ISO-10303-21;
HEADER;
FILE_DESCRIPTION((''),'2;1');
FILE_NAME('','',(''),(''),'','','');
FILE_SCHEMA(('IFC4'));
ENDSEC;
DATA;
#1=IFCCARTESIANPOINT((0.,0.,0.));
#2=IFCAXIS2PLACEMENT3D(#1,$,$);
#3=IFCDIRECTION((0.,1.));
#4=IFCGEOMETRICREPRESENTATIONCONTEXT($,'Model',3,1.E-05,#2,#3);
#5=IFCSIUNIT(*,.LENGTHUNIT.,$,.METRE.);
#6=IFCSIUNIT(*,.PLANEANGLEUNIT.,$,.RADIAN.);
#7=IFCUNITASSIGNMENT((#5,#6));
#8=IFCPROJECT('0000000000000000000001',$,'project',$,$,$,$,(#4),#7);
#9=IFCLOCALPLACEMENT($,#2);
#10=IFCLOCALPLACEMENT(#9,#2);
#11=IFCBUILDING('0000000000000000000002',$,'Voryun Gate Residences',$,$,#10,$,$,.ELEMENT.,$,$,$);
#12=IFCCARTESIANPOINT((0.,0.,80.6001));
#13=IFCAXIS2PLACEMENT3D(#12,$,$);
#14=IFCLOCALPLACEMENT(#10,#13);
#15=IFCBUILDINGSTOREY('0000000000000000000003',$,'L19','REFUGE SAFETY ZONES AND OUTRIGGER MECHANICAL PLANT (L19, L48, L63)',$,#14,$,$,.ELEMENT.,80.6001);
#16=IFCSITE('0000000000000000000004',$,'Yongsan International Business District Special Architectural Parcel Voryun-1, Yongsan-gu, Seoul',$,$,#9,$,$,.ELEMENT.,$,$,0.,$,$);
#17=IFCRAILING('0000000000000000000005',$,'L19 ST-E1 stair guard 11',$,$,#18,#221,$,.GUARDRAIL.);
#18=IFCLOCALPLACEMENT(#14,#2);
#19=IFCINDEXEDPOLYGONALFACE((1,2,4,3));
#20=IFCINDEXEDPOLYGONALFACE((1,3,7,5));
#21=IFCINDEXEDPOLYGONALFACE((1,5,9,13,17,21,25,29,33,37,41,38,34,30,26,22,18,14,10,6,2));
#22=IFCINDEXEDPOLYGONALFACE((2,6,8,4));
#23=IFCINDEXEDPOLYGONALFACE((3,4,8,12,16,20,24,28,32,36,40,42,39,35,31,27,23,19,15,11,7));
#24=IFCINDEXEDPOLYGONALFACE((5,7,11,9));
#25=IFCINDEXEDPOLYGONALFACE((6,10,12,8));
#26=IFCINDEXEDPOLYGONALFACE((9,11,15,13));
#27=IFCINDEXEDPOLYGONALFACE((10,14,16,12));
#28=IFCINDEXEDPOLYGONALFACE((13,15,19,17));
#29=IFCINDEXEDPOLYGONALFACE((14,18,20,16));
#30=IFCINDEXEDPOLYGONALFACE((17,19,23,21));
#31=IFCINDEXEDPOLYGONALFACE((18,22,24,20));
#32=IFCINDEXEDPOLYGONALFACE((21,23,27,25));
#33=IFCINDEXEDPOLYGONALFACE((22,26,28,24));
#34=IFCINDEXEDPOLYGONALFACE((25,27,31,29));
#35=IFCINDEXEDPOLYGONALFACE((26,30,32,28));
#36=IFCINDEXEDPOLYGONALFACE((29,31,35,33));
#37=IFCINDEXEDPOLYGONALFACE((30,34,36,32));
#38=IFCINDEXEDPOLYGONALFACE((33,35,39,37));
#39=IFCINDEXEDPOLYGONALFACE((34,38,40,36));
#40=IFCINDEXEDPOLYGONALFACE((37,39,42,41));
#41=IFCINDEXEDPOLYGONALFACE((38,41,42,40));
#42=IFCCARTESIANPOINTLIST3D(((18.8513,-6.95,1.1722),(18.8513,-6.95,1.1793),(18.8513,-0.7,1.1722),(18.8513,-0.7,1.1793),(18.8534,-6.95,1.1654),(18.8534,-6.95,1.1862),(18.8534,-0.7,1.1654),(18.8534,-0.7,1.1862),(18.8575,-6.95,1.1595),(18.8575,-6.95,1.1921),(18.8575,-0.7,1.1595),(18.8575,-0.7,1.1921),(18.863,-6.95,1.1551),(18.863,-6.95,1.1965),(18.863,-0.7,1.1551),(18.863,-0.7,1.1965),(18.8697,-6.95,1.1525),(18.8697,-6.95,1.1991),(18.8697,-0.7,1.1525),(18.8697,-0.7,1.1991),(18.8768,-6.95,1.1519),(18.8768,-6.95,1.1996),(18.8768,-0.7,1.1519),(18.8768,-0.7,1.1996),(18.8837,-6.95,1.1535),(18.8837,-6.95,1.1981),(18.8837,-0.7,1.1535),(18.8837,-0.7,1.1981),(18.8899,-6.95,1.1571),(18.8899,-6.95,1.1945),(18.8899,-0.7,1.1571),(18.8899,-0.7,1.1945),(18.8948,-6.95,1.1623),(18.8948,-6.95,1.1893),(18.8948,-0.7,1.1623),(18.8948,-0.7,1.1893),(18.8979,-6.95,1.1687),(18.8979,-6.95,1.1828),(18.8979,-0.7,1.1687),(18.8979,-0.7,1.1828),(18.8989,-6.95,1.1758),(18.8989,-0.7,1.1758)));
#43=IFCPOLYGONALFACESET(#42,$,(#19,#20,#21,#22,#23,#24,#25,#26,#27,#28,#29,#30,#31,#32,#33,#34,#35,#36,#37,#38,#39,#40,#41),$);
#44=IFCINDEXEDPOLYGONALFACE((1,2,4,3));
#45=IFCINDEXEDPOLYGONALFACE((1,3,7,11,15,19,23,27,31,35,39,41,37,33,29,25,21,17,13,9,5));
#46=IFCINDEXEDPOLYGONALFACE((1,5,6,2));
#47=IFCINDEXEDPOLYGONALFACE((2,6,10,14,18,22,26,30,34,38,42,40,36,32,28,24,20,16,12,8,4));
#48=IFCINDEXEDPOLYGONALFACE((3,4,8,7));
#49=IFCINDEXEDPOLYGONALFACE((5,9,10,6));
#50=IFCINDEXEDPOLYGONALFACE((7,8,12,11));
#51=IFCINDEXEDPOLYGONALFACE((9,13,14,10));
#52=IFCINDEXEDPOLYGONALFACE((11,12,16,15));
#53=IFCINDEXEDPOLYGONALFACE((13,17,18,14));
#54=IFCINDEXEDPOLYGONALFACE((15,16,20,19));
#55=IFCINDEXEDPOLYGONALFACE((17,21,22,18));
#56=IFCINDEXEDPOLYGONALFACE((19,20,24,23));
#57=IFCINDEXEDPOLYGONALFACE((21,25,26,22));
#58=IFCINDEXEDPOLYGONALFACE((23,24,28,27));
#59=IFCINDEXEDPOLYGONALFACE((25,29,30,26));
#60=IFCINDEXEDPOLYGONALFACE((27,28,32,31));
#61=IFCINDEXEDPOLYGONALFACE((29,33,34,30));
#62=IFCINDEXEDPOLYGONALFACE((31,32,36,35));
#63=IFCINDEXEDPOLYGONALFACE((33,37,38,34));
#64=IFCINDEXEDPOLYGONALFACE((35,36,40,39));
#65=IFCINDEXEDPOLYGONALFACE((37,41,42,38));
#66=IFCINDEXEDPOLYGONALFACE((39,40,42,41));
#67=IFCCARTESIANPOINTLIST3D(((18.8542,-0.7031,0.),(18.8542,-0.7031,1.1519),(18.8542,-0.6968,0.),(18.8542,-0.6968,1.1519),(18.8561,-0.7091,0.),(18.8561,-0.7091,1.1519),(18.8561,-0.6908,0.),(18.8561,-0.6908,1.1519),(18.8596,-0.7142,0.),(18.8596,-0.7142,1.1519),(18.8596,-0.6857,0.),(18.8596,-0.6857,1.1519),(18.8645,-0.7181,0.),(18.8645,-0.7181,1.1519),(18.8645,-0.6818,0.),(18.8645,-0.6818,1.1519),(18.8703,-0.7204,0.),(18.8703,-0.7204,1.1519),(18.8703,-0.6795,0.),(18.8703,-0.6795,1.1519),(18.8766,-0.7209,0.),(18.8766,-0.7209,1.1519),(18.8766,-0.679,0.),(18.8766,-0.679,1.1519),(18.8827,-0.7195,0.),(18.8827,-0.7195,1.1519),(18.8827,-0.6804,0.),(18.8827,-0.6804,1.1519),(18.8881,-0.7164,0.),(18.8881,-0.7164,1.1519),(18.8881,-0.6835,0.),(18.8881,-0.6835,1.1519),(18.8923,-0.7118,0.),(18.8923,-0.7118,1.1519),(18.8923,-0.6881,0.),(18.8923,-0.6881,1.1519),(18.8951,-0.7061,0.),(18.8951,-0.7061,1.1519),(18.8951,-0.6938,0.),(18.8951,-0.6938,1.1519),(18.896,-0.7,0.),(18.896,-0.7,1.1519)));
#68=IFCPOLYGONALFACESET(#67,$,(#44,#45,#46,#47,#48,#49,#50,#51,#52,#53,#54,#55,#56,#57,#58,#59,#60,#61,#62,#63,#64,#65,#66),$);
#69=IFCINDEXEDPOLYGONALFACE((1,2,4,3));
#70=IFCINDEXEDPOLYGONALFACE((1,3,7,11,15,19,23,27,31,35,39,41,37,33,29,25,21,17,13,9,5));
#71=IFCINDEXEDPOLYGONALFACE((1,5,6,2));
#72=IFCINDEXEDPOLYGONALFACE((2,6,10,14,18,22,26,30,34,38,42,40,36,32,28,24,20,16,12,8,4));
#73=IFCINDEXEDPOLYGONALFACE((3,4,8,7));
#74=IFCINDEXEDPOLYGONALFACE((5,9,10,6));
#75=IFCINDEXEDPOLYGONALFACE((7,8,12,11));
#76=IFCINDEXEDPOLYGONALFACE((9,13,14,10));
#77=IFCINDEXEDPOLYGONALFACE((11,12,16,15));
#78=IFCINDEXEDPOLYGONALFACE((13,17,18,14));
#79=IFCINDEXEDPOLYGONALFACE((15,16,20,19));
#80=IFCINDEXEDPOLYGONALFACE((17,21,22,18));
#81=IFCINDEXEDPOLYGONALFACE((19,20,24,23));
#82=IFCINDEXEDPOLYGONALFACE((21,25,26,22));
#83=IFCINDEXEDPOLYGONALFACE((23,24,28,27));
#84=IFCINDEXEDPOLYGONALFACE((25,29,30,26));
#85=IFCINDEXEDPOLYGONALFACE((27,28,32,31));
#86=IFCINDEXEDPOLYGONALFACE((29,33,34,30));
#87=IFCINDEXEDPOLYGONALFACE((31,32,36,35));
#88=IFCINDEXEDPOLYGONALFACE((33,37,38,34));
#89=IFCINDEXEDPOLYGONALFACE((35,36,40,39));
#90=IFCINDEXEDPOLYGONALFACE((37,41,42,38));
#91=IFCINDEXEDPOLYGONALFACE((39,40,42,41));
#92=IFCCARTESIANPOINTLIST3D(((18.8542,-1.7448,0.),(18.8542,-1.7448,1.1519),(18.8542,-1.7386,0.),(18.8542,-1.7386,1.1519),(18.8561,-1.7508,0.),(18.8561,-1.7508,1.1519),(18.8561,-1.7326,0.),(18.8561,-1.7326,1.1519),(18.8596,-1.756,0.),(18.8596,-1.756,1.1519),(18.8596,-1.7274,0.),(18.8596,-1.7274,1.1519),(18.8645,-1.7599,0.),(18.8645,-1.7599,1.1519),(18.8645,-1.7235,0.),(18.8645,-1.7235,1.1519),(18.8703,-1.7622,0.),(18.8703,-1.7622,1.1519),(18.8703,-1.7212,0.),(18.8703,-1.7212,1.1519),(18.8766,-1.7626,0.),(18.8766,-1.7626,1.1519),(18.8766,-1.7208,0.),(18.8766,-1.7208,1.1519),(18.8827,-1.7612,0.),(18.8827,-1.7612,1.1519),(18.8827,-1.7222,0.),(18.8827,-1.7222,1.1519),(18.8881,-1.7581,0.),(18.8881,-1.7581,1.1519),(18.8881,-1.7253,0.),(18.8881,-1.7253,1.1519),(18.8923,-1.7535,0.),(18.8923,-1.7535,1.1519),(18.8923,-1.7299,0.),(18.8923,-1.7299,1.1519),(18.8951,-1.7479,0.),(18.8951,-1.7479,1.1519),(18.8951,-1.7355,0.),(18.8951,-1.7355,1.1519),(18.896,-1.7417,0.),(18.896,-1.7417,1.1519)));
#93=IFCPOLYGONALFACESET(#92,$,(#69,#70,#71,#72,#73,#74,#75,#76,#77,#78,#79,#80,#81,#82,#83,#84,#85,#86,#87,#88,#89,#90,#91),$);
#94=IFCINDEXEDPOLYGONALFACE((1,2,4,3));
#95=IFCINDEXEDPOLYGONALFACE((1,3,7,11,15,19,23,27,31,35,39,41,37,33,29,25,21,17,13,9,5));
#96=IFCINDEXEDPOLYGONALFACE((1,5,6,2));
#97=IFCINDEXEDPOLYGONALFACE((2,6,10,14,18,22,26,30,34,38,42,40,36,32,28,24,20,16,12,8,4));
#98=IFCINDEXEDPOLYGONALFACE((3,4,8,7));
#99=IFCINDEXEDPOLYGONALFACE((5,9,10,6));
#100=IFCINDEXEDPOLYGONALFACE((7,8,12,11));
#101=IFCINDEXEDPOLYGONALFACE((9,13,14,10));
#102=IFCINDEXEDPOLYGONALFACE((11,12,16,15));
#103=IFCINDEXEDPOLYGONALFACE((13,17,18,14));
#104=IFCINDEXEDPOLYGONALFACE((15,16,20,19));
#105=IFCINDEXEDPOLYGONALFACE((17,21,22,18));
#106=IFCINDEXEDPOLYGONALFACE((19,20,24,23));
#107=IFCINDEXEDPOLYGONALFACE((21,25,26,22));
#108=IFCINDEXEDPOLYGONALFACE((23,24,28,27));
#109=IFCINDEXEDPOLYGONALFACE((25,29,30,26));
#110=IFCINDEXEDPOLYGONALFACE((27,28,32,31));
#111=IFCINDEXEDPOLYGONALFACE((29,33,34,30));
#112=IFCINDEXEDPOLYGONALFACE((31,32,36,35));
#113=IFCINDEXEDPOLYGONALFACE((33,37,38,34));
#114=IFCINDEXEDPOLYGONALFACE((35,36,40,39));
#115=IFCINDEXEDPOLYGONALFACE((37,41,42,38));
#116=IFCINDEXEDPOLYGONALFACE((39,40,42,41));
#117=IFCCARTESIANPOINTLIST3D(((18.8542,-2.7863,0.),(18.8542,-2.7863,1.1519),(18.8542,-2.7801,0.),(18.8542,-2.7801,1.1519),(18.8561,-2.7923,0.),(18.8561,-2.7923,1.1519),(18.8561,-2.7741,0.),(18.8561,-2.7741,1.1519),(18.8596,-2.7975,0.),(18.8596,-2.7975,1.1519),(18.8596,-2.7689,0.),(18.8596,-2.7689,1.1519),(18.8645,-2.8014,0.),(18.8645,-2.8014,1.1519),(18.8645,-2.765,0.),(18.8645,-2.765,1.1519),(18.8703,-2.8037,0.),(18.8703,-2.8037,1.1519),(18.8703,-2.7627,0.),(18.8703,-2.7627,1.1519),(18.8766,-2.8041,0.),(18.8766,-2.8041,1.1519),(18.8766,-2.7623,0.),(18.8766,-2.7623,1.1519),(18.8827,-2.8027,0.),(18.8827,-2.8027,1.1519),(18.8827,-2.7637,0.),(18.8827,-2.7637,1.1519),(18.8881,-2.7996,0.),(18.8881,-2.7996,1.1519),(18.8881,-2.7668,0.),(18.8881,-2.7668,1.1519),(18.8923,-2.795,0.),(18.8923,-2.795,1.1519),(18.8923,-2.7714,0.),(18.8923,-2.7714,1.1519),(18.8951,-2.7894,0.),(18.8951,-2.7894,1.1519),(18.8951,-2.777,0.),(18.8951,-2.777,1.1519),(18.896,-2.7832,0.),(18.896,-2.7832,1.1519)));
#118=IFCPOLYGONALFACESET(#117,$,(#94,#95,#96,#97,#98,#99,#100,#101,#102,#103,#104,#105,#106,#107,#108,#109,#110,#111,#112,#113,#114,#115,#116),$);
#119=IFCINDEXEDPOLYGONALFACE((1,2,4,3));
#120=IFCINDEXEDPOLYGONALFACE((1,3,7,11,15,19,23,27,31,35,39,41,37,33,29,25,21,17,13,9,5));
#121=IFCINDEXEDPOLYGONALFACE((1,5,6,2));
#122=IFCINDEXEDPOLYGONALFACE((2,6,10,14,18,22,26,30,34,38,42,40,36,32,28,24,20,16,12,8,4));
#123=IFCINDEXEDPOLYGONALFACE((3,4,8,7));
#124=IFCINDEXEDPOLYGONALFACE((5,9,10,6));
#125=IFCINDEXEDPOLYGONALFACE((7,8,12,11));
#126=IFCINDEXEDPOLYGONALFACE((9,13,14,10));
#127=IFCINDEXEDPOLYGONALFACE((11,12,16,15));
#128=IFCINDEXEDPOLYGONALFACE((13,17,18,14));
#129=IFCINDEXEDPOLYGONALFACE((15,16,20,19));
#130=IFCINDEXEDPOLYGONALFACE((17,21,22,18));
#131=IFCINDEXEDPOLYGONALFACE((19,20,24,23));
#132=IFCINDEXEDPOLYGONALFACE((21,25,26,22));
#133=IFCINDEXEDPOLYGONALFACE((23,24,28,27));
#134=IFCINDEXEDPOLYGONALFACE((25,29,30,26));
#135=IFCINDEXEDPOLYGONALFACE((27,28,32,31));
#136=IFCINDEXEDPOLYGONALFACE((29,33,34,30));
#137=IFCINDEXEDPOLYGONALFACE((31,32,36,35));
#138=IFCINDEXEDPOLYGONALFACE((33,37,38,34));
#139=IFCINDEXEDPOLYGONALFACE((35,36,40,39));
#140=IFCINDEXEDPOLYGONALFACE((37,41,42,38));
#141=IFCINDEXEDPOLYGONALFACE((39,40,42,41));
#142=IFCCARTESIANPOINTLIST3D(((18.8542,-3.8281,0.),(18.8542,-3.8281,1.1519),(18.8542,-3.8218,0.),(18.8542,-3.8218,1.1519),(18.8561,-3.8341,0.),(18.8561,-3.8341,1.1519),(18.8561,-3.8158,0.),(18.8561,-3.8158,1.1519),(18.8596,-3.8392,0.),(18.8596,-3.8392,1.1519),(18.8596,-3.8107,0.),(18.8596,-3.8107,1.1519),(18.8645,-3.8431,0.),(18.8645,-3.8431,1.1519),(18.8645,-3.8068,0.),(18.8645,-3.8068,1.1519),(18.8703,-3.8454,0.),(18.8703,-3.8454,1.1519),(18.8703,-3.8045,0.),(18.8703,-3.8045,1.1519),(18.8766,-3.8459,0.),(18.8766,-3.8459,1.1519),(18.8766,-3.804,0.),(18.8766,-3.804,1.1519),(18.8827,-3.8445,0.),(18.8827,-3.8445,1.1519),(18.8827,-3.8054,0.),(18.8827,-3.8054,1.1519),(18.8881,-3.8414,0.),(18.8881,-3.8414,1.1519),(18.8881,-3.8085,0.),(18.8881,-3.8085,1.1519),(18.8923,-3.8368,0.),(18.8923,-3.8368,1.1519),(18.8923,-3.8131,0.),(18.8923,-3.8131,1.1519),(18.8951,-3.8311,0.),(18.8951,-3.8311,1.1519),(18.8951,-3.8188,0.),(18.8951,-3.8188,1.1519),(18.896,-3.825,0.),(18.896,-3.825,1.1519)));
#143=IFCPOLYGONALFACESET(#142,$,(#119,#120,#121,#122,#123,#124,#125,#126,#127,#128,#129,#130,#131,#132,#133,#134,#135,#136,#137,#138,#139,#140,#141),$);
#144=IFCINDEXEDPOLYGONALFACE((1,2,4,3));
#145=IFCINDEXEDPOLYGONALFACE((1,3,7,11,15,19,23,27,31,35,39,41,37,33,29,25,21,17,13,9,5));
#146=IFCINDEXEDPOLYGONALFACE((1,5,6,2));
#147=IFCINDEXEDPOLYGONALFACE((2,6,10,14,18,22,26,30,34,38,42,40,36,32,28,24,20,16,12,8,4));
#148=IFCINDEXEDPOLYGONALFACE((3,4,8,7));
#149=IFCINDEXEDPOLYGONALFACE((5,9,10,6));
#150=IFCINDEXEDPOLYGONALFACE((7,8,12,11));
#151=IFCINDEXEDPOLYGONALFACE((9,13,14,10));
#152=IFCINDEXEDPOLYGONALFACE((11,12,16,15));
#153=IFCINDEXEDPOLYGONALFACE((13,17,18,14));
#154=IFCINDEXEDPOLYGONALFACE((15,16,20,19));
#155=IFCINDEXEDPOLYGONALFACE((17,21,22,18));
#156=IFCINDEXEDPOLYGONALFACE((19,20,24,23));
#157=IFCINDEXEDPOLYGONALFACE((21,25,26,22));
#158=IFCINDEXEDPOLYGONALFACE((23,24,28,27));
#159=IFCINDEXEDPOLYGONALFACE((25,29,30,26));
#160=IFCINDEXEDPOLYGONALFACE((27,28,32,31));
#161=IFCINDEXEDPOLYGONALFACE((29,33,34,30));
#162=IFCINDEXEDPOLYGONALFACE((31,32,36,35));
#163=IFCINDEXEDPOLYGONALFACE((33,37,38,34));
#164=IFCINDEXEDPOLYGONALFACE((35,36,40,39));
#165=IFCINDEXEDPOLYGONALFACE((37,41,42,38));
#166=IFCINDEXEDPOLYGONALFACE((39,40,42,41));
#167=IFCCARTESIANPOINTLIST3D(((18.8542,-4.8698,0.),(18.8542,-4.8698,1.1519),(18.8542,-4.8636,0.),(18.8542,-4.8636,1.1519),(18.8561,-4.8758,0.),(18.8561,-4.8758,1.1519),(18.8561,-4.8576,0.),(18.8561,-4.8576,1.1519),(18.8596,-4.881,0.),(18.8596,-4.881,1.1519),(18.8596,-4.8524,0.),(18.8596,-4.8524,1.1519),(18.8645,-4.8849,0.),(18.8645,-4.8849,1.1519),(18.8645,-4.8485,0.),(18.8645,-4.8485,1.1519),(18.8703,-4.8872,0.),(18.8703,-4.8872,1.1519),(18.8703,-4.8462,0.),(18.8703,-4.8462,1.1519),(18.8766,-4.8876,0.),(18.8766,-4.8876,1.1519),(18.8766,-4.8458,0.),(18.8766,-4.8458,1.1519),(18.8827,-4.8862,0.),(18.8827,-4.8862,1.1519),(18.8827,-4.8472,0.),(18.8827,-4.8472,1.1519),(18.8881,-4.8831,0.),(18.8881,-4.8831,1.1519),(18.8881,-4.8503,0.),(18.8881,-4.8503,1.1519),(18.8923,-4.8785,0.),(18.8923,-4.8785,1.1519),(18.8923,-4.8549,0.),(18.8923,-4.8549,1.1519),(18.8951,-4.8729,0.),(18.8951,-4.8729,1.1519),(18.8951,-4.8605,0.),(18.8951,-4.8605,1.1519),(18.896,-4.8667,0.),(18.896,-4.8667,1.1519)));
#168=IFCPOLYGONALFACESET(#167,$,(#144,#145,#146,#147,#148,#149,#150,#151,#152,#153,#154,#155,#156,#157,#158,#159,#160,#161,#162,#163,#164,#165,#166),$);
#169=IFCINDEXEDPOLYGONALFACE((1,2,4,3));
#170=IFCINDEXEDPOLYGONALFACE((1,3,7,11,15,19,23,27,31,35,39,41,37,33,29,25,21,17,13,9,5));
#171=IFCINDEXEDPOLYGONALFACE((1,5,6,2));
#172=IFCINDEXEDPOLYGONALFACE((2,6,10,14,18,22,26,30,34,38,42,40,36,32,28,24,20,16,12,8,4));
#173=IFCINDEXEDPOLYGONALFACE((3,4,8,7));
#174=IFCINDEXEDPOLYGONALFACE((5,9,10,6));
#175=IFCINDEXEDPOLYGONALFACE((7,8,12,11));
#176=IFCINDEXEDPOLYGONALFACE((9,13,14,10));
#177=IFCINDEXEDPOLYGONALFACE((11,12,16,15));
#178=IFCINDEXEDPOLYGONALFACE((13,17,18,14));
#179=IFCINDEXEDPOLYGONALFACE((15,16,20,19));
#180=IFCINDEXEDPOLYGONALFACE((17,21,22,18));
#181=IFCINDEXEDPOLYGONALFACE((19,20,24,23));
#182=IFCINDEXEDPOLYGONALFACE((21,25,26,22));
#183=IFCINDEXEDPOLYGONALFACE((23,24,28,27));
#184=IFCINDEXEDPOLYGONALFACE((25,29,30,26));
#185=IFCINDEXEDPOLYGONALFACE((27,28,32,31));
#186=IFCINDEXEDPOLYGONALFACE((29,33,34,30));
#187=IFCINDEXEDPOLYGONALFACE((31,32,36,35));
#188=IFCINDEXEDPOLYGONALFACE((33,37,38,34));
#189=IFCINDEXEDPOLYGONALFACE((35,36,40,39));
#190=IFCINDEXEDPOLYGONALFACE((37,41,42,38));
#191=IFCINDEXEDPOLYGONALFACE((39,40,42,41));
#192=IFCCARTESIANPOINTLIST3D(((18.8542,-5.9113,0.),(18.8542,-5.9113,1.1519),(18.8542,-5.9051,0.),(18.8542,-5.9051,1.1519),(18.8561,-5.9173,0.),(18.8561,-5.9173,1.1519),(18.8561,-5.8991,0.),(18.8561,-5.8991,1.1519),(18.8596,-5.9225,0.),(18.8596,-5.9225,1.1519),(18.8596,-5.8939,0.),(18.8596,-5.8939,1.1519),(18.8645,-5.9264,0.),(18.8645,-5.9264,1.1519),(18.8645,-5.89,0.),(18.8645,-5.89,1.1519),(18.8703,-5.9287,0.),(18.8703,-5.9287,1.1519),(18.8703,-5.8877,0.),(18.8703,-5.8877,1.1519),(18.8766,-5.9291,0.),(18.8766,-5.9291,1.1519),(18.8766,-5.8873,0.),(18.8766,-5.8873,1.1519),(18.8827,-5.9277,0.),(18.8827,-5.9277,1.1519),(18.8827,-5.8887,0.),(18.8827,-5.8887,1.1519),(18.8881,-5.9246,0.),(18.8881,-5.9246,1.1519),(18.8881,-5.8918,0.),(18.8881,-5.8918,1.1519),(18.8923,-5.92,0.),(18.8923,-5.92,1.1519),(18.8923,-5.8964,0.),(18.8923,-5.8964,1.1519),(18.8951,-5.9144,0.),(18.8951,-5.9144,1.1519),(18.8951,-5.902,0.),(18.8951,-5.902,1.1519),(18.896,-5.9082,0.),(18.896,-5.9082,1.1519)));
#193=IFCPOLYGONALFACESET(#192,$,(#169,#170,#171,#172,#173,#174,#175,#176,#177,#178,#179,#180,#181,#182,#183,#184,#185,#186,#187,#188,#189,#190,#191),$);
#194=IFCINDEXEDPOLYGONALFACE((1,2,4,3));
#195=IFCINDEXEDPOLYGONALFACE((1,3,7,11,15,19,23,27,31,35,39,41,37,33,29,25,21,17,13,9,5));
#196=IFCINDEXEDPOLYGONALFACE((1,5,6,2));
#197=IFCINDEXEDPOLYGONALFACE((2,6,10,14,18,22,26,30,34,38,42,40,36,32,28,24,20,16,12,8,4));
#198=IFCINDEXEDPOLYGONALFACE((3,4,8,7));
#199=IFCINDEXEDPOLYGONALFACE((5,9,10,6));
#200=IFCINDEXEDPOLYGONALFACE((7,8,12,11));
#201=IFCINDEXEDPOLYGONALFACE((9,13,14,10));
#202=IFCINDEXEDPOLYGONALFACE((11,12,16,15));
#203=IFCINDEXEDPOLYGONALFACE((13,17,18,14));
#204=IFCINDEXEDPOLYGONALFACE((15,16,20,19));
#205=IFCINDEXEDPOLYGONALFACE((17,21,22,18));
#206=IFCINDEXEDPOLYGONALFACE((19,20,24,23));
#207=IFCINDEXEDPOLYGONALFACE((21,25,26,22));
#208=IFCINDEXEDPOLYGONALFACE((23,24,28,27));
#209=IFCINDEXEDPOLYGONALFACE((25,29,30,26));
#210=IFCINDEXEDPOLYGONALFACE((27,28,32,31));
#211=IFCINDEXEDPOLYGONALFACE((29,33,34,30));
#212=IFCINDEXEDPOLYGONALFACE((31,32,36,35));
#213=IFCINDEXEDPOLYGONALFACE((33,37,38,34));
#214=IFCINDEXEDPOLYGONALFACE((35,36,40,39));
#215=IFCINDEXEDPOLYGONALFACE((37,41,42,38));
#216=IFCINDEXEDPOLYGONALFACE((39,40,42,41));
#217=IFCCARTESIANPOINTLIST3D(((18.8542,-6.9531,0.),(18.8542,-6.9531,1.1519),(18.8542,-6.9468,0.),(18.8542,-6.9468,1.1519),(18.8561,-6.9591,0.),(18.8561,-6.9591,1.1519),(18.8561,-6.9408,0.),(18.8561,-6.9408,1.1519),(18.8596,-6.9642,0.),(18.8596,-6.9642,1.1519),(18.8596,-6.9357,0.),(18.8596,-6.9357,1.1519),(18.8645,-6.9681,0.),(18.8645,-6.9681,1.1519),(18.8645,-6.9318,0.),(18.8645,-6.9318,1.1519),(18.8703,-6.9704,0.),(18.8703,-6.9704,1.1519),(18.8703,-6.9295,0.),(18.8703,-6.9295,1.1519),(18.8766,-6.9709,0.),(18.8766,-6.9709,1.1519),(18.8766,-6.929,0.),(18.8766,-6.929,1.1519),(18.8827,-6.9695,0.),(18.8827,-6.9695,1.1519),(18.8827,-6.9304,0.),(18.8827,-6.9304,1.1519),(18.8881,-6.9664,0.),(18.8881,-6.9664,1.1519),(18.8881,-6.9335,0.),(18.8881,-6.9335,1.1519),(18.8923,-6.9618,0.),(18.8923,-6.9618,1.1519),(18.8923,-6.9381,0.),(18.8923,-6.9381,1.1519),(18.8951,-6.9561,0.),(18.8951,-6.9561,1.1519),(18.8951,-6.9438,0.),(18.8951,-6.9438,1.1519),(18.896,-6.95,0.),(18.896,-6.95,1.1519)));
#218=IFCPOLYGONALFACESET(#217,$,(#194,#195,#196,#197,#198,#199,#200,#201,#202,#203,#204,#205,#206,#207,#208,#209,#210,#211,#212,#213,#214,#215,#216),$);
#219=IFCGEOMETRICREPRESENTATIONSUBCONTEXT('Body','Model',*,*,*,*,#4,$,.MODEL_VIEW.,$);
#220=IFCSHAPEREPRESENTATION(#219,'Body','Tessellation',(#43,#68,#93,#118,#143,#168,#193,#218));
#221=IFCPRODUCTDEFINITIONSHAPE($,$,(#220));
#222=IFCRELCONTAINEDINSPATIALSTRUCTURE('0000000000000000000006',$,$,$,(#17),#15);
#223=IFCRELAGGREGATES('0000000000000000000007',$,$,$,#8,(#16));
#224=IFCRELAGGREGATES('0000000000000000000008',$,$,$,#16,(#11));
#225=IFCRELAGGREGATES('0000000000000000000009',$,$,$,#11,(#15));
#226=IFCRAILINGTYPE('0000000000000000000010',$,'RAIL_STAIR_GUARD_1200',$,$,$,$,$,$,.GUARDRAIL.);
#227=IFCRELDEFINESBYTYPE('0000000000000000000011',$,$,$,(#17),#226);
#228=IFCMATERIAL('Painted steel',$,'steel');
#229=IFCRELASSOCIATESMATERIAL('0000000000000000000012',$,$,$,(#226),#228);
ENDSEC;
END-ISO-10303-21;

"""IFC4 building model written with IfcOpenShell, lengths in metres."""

from ifc_helpers import new_model, si_unit, direction, frame, origin, origin_2d, place, context, subcontext, project, spatial, circle, extrude, material, type_object, element, save


model = new_model("IFC4")

# Units and contexts
model_context = context("Model", 3, precision=1e-05, world=origin(), true_north=direction((0.0, 1.0)))
body_context = subcontext(model_context, "Body", "Model", "MODEL_VIEW")
ifc_project = project(units=[si_unit("LENGTHUNIT", "METRE"), si_unit("PLANEANGLEUNIT", "RADIAN")], contexts=[model_context])

# Site, building, storey
site_placement = place(None, origin())
site = spatial("IfcSite", under=ifc_project, at=site_placement, Name="Yongsan International Business District Special Architectural Parcel Voryun-1, Yongsan-gu, Seoul", CompositionType="ELEMENT", RefElevation=0.0)
building_placement = place(site_placement, origin())
building = spatial("IfcBuilding", under=site, at=building_placement, Name="Voryun Gate Residences", CompositionType="ELEMENT")
storey_placement = place(building_placement, frame((0.0, 0.0, 80.6001)))
storey = spatial("IfcBuildingStorey", under=building, at=storey_placement, Name="L19", Description="REFUGE SAFETY ZONES AND OUTRIGGER MECHANICAL PLANT (L19, L48, L63)", CompositionType="ELEMENT", Elevation=80.6001)

# Railing
ifc_material_1 = material(Name="Painted steel", Category="steel")
railing_type_1 = type_object("IfcRailingType", Name="RAIL_STAIR_GUARD_1200", PredefinedType="GUARDRAIL", material=ifc_material_1)
railing_1_placement = place(storey_placement, frame((18.875, -0.7, 0.0)))
element("IfcRailing", 1, at=railing_1_placement, inside=storey, type_object=railing_type_1, Name="L19 ST-E1 stair guard 11", PredefinedType="GUARDRAIL", context=body_context, shape_type="SweptSolid", body=[
    extrude(circle(Radius=0.0239, at=origin_2d()), frame((0.0, 0.0, 1.1758), z_axis=(0.0, -1.0, 0.0), x_axis=(1.0, 0.0, 0.0)), (0.0, 0.0, 1.0), 6.25),
    extrude(circle(Radius=0.021, at=origin_2d()), origin(), (0.0, 0.0, 1.0), 1.1519),
    extrude(circle(Radius=0.021, at=origin_2d()), frame((0.0, -1.0417, 0.0)), (0.0, 0.0, 1.0), 1.1519),
    extrude(circle(Radius=0.021, at=origin_2d()), frame((0.0, -2.0833, 0.0)), (0.0, 0.0, 1.0), 1.1519),
    extrude(circle(Radius=0.021, at=origin_2d()), frame((0.0, -3.125, 0.0)), (0.0, 0.0, 1.0), 1.1519),
    extrude(circle(Radius=0.021, at=origin_2d()), frame((0.0, -4.1667, 0.0)), (0.0, 0.0, 1.0), 1.1519),
    extrude(circle(Radius=0.021, at=origin_2d()), frame((0.0, -5.2083, 0.0)), (0.0, 0.0, 1.0), 1.1519),
    extrude(circle(Radius=0.021, at=origin_2d()), frame((0.0, -6.25, 0.0)), (0.0, 0.0, 1.0), 1.1519),
])

save(model, "model.ifc")
